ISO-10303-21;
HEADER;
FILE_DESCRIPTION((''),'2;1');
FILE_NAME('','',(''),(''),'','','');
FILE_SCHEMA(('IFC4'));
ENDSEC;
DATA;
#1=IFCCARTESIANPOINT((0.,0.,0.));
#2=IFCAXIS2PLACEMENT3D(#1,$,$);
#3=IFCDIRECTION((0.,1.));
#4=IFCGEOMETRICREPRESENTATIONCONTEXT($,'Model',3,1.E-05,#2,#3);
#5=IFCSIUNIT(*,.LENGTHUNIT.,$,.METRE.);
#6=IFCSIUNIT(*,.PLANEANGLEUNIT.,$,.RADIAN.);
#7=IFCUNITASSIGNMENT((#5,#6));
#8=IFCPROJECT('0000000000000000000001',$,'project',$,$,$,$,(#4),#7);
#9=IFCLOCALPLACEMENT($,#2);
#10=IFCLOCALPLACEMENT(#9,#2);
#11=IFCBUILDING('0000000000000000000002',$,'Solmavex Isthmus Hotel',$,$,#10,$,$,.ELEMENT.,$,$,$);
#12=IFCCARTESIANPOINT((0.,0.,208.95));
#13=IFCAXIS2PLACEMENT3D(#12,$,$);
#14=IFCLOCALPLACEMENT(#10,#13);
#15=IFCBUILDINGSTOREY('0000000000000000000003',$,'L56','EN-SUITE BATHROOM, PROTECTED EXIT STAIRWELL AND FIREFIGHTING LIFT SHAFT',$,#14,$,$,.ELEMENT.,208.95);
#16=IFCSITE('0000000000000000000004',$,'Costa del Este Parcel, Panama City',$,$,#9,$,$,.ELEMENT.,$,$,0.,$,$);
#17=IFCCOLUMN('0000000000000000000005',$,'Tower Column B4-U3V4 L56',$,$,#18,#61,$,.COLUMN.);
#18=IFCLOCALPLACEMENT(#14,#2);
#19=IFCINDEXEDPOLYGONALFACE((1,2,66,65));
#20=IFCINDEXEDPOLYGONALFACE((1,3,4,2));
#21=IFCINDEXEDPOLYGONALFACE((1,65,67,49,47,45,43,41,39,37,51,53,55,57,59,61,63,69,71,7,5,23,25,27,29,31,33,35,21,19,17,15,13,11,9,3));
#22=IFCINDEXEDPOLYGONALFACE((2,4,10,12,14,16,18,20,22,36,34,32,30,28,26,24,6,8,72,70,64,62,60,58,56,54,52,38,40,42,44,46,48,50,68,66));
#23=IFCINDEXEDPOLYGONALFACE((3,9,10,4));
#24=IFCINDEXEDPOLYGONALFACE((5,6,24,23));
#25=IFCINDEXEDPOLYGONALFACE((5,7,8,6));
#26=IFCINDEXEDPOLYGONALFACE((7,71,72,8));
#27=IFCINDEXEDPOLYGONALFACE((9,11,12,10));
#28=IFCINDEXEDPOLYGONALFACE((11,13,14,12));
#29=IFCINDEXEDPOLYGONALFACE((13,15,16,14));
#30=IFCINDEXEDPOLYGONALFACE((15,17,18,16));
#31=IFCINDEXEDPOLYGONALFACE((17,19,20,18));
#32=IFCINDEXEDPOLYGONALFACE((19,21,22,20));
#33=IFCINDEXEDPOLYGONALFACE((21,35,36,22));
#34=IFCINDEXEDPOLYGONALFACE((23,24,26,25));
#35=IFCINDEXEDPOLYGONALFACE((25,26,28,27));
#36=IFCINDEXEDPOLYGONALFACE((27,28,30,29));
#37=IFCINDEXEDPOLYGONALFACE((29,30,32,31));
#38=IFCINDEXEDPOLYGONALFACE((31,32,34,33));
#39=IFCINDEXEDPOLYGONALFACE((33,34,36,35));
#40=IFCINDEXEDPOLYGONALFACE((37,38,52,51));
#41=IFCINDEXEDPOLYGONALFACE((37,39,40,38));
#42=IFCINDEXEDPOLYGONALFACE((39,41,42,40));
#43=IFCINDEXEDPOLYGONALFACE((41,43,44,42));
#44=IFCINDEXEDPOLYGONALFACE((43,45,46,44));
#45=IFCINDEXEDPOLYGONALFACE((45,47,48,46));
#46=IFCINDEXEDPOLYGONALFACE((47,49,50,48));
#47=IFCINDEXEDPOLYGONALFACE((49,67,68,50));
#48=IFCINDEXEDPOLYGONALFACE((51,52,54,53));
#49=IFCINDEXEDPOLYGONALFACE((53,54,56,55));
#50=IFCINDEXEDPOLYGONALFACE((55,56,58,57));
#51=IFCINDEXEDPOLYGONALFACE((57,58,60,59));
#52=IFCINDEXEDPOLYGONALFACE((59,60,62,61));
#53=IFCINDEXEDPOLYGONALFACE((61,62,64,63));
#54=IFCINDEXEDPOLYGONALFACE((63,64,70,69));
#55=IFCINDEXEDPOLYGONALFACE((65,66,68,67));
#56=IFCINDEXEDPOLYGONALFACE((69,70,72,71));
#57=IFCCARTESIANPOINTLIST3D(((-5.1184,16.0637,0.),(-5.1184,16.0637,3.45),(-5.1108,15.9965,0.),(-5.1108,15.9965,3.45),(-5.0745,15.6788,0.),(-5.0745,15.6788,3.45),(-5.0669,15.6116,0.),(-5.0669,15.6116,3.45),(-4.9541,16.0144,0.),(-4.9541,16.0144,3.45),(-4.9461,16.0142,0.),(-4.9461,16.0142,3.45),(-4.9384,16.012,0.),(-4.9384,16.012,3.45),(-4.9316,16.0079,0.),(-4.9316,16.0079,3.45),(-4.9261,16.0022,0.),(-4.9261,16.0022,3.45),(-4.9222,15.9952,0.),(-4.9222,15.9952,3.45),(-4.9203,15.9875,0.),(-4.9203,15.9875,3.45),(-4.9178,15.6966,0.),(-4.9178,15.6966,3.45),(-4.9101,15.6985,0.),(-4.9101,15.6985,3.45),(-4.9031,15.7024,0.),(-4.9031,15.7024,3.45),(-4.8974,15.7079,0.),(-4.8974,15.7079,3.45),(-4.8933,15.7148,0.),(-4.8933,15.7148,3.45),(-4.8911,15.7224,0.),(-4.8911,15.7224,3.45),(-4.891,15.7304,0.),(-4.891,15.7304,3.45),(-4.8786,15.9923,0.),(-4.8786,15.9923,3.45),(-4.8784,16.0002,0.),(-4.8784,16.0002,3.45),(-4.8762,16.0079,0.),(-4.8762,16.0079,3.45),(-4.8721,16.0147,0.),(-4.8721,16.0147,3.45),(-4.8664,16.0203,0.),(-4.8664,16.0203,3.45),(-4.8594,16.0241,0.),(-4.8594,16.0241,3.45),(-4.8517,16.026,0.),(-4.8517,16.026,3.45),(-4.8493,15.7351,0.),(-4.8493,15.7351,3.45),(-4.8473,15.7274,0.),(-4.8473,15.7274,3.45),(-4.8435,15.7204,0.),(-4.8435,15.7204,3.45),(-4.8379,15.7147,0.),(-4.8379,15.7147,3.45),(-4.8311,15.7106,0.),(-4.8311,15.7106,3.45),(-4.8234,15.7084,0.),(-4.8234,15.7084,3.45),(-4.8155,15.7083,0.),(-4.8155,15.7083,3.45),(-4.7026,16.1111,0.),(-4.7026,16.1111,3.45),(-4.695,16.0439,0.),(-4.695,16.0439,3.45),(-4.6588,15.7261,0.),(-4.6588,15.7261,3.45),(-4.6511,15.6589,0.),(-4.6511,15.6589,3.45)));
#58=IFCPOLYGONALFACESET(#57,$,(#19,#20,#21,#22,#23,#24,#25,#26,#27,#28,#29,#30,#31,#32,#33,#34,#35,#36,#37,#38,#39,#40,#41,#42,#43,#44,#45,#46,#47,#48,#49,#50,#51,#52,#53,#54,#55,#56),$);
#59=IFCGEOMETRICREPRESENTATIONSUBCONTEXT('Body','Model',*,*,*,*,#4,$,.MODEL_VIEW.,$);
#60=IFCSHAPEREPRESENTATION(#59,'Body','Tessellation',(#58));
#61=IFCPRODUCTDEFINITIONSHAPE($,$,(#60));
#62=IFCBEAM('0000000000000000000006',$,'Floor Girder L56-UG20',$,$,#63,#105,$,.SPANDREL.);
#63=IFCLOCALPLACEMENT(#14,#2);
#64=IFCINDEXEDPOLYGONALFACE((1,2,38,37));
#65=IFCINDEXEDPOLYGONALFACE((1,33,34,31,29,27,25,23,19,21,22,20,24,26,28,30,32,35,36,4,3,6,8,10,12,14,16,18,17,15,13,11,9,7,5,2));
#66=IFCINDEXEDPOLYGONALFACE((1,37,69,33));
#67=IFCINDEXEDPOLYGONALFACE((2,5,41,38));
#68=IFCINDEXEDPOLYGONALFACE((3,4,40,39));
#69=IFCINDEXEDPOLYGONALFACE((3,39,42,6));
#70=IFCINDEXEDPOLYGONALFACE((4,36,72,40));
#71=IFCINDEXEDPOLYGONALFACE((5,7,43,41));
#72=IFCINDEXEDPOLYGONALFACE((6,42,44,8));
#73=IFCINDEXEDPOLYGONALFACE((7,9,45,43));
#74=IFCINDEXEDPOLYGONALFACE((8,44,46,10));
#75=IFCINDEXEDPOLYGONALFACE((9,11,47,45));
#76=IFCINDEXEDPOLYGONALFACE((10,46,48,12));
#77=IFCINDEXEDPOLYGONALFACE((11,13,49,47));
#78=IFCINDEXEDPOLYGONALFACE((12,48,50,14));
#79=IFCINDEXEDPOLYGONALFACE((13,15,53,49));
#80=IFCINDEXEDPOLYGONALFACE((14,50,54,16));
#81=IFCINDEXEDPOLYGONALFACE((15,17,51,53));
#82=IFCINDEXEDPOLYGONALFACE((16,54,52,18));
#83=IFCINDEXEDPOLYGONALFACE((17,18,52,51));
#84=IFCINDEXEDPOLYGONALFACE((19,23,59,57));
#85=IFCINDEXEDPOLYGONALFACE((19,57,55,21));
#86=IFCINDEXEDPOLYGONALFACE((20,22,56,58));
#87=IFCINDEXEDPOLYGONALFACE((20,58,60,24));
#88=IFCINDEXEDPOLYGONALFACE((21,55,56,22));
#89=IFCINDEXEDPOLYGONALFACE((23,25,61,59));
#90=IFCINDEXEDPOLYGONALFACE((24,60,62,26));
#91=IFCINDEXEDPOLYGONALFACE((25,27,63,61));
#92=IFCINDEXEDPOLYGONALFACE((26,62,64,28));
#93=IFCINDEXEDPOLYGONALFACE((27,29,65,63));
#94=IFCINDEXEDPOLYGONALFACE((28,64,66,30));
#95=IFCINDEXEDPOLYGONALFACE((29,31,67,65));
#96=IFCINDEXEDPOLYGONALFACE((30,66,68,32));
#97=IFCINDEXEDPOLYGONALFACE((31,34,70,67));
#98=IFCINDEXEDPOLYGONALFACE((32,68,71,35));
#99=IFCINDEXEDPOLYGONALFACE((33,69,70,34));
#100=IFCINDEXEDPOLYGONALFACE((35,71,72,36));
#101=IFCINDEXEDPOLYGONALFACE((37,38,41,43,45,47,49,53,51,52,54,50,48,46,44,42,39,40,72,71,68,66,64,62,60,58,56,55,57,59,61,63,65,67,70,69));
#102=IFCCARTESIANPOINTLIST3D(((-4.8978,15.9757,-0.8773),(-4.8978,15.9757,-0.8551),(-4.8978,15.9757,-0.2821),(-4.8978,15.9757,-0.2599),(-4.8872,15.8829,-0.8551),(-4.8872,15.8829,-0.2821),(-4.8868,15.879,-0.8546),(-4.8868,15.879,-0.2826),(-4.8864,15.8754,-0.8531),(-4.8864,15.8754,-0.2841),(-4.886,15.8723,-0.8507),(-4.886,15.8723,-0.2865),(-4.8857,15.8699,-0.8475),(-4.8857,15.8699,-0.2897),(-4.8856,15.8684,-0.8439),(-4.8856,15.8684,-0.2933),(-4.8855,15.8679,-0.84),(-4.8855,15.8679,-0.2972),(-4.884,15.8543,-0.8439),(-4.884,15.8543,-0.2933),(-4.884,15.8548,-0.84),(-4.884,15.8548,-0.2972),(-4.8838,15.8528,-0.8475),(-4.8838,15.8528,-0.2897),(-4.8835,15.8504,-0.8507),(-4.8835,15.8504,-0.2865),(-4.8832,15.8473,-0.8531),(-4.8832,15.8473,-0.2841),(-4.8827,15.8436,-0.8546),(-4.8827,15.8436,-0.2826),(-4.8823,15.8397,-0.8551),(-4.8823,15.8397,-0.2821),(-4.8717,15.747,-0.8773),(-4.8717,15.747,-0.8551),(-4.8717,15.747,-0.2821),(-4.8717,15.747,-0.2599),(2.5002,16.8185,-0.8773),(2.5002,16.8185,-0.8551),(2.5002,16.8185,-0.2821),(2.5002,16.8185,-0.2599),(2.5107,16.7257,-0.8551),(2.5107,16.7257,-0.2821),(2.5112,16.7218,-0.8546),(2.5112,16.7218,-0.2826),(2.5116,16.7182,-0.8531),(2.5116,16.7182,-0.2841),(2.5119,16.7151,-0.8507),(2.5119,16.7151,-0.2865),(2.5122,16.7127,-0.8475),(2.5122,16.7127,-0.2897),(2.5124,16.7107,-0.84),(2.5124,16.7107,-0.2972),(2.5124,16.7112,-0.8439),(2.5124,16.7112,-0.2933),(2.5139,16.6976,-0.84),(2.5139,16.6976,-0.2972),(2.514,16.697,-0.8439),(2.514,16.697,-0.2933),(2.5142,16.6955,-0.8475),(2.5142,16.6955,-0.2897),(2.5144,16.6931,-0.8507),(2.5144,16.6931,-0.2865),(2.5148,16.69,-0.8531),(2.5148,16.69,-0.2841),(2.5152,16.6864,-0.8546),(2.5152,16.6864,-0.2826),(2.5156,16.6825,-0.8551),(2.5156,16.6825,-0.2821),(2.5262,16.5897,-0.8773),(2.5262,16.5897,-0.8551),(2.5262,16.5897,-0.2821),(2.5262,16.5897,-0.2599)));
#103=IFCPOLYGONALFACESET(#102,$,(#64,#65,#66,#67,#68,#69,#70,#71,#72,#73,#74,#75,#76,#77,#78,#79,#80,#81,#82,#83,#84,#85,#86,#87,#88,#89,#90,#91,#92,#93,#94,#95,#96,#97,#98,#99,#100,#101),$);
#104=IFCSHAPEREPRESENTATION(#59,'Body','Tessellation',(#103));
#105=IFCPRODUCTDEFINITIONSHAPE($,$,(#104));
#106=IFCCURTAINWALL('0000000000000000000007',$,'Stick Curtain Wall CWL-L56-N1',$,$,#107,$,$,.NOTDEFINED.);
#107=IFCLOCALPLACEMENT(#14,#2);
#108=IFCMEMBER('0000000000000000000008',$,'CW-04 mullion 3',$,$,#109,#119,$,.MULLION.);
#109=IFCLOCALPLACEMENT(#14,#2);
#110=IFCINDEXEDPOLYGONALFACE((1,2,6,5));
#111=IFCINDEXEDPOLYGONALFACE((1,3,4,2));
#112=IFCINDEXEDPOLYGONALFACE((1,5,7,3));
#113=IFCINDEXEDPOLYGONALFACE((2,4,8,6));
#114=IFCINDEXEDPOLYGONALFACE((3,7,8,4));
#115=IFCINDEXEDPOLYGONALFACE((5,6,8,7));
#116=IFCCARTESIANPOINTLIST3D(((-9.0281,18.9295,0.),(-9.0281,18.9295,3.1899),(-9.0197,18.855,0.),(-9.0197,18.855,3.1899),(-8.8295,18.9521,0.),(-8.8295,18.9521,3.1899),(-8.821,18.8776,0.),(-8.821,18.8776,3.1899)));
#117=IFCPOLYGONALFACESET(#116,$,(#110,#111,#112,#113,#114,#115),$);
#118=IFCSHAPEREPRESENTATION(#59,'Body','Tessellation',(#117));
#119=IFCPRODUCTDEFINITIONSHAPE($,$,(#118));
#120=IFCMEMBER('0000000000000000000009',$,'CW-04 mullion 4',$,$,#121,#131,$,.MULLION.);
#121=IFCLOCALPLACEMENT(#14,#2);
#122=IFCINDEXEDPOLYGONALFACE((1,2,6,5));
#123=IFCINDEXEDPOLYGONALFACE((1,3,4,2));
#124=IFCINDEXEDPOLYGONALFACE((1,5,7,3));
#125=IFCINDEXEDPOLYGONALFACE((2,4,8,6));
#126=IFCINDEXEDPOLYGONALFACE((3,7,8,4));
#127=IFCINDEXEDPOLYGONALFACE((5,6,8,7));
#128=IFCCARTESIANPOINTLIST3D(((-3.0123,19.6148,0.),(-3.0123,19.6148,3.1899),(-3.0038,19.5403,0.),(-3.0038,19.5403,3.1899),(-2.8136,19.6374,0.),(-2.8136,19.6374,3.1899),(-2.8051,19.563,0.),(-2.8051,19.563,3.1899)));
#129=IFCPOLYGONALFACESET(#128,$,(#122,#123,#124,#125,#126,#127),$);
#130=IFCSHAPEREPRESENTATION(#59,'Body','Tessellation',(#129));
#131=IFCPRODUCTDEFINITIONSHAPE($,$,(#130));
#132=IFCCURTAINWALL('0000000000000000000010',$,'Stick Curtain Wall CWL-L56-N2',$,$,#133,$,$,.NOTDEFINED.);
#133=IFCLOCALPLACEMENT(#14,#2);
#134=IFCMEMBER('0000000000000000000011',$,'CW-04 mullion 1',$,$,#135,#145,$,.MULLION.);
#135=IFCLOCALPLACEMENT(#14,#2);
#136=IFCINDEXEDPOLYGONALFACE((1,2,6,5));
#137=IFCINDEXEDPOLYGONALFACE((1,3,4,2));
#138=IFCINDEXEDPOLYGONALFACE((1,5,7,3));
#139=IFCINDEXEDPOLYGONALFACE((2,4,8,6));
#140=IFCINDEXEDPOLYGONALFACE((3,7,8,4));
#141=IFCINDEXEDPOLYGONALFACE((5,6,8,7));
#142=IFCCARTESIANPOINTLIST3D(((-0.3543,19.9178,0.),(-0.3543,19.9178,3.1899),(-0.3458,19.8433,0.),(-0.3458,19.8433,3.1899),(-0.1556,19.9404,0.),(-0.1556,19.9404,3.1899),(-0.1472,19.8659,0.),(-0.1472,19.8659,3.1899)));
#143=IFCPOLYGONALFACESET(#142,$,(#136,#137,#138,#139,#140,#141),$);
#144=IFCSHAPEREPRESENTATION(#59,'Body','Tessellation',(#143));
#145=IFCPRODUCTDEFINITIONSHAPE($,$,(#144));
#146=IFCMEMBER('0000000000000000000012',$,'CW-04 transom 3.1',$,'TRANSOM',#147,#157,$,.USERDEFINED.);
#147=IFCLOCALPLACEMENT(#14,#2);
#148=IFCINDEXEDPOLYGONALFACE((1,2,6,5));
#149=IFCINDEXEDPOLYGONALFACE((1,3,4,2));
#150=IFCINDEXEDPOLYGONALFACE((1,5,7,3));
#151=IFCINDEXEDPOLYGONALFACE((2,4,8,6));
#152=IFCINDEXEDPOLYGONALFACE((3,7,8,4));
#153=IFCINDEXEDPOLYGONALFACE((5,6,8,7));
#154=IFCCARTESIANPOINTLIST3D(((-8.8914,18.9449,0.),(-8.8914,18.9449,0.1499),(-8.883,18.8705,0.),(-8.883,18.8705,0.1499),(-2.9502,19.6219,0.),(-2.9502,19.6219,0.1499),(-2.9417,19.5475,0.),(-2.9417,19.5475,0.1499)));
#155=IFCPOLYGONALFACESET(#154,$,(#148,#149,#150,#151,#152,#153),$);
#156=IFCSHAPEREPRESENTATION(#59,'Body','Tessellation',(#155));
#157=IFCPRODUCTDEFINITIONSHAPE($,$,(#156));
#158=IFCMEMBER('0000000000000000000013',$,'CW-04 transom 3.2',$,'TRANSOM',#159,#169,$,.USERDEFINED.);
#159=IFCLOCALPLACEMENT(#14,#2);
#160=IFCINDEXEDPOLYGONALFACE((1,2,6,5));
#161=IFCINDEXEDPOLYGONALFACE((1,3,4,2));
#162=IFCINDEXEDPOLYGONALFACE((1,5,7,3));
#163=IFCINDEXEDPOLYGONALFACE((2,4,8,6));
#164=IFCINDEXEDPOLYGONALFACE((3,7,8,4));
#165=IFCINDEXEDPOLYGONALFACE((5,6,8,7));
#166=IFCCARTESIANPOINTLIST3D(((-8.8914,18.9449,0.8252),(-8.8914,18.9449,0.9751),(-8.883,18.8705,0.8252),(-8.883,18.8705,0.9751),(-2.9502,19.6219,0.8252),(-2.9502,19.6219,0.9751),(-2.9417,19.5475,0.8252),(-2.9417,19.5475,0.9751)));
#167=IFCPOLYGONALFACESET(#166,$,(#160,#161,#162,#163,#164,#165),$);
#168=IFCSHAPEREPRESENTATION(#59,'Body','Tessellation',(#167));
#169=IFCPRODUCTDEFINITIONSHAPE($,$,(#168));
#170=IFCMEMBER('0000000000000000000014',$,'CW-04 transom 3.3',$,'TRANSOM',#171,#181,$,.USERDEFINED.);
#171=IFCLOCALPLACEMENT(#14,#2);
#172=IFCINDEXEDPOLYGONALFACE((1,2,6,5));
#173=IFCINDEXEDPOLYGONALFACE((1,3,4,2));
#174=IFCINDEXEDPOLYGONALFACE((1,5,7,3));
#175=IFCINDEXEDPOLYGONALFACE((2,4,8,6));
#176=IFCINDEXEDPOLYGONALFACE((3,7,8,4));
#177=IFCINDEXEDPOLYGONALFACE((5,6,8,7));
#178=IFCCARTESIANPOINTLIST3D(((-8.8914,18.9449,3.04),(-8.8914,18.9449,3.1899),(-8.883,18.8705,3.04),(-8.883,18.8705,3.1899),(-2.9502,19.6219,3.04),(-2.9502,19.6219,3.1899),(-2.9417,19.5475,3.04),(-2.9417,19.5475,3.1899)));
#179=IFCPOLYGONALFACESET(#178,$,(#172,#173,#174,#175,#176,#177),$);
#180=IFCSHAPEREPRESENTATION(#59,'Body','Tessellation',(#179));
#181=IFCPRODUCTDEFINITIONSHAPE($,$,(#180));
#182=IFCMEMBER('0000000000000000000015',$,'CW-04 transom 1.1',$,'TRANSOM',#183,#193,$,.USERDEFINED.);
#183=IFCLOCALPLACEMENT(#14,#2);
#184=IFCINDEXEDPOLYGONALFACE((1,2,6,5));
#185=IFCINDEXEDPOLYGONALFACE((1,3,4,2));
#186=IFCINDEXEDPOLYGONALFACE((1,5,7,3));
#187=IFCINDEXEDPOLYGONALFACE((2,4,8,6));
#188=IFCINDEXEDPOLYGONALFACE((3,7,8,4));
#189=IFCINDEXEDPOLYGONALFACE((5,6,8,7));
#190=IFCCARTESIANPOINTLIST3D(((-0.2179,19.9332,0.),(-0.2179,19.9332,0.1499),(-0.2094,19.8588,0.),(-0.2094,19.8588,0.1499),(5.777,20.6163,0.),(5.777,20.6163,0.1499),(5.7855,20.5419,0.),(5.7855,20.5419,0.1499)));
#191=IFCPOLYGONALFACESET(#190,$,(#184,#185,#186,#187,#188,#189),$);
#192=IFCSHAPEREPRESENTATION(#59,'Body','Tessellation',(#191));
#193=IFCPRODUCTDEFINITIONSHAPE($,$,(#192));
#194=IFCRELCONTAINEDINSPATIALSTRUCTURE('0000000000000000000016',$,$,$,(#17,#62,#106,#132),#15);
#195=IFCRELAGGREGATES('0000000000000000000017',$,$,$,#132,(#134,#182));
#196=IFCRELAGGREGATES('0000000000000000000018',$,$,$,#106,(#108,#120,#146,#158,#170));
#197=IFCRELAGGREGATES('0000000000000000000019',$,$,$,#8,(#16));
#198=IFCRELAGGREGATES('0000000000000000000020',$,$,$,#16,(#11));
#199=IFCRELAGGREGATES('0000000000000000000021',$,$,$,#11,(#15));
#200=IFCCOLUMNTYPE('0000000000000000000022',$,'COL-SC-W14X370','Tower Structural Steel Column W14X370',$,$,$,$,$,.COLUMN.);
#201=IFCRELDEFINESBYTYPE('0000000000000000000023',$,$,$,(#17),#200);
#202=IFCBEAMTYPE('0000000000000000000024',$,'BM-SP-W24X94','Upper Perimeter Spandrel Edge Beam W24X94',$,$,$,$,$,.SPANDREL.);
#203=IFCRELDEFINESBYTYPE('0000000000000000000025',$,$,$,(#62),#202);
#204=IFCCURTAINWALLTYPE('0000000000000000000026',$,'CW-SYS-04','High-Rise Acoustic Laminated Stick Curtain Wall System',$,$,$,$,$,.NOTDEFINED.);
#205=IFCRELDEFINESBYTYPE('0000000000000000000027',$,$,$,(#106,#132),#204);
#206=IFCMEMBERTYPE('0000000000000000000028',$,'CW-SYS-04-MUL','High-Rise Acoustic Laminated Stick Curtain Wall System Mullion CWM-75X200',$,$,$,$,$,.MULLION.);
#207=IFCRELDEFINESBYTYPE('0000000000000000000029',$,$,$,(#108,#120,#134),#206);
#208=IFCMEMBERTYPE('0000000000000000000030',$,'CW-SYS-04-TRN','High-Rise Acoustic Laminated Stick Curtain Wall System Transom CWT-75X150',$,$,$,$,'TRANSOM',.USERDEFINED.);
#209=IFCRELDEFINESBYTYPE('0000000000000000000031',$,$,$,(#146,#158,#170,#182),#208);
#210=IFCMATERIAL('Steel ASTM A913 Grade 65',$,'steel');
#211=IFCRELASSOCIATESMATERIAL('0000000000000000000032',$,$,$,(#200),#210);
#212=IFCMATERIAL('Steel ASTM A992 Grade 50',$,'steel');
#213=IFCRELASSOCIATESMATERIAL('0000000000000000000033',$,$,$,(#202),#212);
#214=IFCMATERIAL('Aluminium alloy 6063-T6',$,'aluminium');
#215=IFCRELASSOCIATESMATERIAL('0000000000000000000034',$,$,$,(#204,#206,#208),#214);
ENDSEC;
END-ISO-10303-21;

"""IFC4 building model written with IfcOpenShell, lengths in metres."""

from ifc_helpers import new_model, si_unit, direction, frame, origin, origin_2d, place, context, subcontext, project, spatial, rectangle, i_section, extrude, material, material_profile, profile_set, type_object, element, aggregate, save


model = new_model("IFC4")

# Units and contexts
model_context = context("Model", 3, precision=1e-05, world=origin(), true_north=direction((0.0, 1.0)))
body_context = subcontext(model_context, "Body", "Model", "MODEL_VIEW")
ifc_project = project(units=[si_unit("LENGTHUNIT", "METRE"), si_unit("PLANEANGLEUNIT", "RADIAN")], contexts=[model_context])

# Site, building, storey
site_placement = place(None, origin())
site = spatial("IfcSite", under=ifc_project, at=site_placement, Name="Costa del Este Parcel, Panama City", CompositionType="ELEMENT", RefElevation=0.0)
building_placement = place(site_placement, origin())
building = spatial("IfcBuilding", under=site, at=building_placement, Name="Solmavex Isthmus Hotel", CompositionType="ELEMENT")
storey_placement = place(building_placement, frame((0.0, 0.0, 208.95)))
storey = spatial("IfcBuildingStorey", under=building, at=storey_placement, Name="L56", Description="EN-SUITE BATHROOM, PROTECTED EXIT STAIRWELL AND FIREFIGHTING LIFT SHAFT", CompositionType="ELEMENT", Elevation=208.95)

# Column
ifc_material_1 = material(Name="Steel ASTM A913 Grade 65", Category="steel")
ifc_material_profile_1 = material_profile(ifc_material_1, i_section(OverallWidth=0.4185, OverallDepth=0.4551, WebThickness=0.042, FlangeThickness=0.0676, FilletRadius=0.0305, at=origin_2d()), Name="W14X370")
ifc_profile_set_1 = profile_set([ifc_material_profile_1], Name="Steel ASTM A913 Grade 65")
column_type = type_object("IfcColumnType", Name="COL-SC-W14X370", Description="Tower Structural Steel Column W14X370", PredefinedType="COLUMN", material=ifc_profile_set_1)
column_placement = place(storey_placement, frame((-4.8848, 15.8613, 0.0), z_axis=(0.0, 0.0, 1.0), x_axis=(0.993572, 0.113203, 0.0)))
element("IfcColumn", 1, at=column_placement, inside=storey, type_object=column_type, Name="Tower Column B4-U3V4 L56", PredefinedType="COLUMN", context=body_context, shape_type="SweptSolid", body=[
    extrude(i_section(OverallWidth=0.4185, OverallDepth=0.4551, WebThickness=0.042, FlangeThickness=0.0676, FilletRadius=0.0305, at=origin_2d()), origin(), (0.0, 0.0, 1.0), 3.45),
])

# Beam
ifc_material_2 = material(Name="Steel ASTM A992 Grade 50", Category="steel")
ifc_material_profile_2 = material_profile(ifc_material_2, i_section(OverallWidth=0.2302, OverallDepth=0.6174, WebThickness=0.0132, FlangeThickness=0.0222, FilletRadius=0.0151, at=origin_2d()), Name="W24X94")
ifc_profile_set_2 = profile_set([ifc_material_profile_2], Name="Steel ASTM A992 Grade 50")
beam_type = type_object("IfcBeamType", Name="BM-SP-W24X94", Description="Upper Perimeter Spandrel Edge Beam W24X94", PredefinedType="SPANDREL", material=ifc_profile_set_2)
beam_placement = place(storey_placement, frame((-4.8848, 15.8613, -0.5686), z_axis=(0.993574, 0.113188, 0.0), x_axis=(-0.113188, 0.993574, 0.0)))
element("IfcBeam", 2, at=beam_placement, inside=storey, type_object=beam_type, Name="Floor Girder L56-UG20", PredefinedType="SPANDREL", context=body_context, shape_type="SweptSolid", body=[
    extrude(i_section(OverallWidth=0.2302, OverallDepth=0.6174, WebThickness=0.0132, FlangeThickness=0.0222, FilletRadius=0.0151, at=origin_2d()), origin(), (0.0, 0.0, 1.0), 7.4458),
])

# Curtain wall, members
ifc_material_3 = material(Name="Aluminium alloy 6063-T6", Category="aluminium")
curtain_wall_type = type_object("IfcCurtainWallType", Name="CW-SYS-04", Description="High-Rise Acoustic Laminated Stick Curtain Wall System", PredefinedType="NOTDEFINED", material=ifc_material_3)
curtain_wall_1_placement = place(storey_placement, origin())
curtain_wall_1 = element("IfcCurtainWall", 3, at=curtain_wall_1_placement, inside=storey, type_object=curtain_wall_type, Name="Stick Curtain Wall CWL-L56-N1", PredefinedType="NOTDEFINED")
ifc_material_profile_3 = material_profile(ifc_material_3, rectangle(XDim=0.075, YDim=0.2, at=origin_2d()), Name="CWM-75X200")
ifc_profile_set_3 = profile_set([ifc_material_profile_3], Name="Aluminium alloy 6063-T6")
member_type_1 = type_object("IfcMemberType", Name="CW-SYS-04-MUL", Description="High-Rise Acoustic Laminated Stick Curtain Wall System Mullion CWM-75X200", PredefinedType="MULLION", material=ifc_profile_set_3)
member_1_placement = place(storey_placement, frame((-8.9246, 18.9036, 0.0), z_axis=(0.0, 0.0, 1.0), x_axis=(-0.113203, 0.993572, 0.0)))
member_1 = element("IfcMember", 4, at=member_1_placement, type_object=member_type_1, Name="CW-04 mullion 3", PredefinedType="MULLION", context=body_context, shape_type="SweptSolid", body=[
    extrude(rectangle(XDim=0.075, YDim=0.2, at=origin_2d()), origin(), (0.0, 0.0, 1.0), 3.1899),
])
member_2_placement = place(storey_placement, frame((-2.9087, 19.5889, 0.0), z_axis=(0.0, 0.0, 1.0), x_axis=(-0.113203, 0.993572, 0.0)))
member_2 = element("IfcMember", 5, at=member_2_placement, type_object=member_type_1, Name="CW-04 mullion 4", PredefinedType="MULLION", context=body_context, shape_type="SweptSolid", body=[
    extrude(rectangle(XDim=0.075, YDim=0.2, at=origin_2d()), origin(), (0.0, 0.0, 1.0), 3.1899),
])

# Curtain wall, member
curtain_wall_2_placement = place(storey_placement, origin())
curtain_wall_2 = element("IfcCurtainWall", 6, at=curtain_wall_2_placement, inside=storey, type_object=curtain_wall_type, Name="Stick Curtain Wall CWL-L56-N2", PredefinedType="NOTDEFINED")
member_3_placement = place(storey_placement, frame((-0.2507, 19.8918, 0.0), z_axis=(0.0, 0.0, 1.0), x_axis=(-0.113203, 0.993572, 0.0)))
member_3 = element("IfcMember", 7, at=member_3_placement, type_object=member_type_1, Name="CW-04 mullion 1", PredefinedType="MULLION", context=body_context, shape_type="SweptSolid", body=[
    extrude(rectangle(XDim=0.075, YDim=0.2, at=origin_2d()), origin(), (0.0, 0.0, 1.0), 3.1899),
])

# Members
ifc_material_profile_4 = material_profile(ifc_material_3, rectangle(XDim=0.075, YDim=0.1499, at=origin_2d()), Name="CWT-75X150")
ifc_profile_set_4 = profile_set([ifc_material_profile_4], Name="Aluminium alloy 6063-T6")
member_type_2 = type_object("IfcMemberType", Name="CW-SYS-04-TRN", Description="High-Rise Acoustic Laminated Stick Curtain Wall System Transom CWT-75X150", ElementType="TRANSOM", PredefinedType="USERDEFINED", material=ifc_profile_set_4)
member_4_placement = place(storey_placement, frame((-8.8872, 18.9077, 0.075), z_axis=(0.993571, 0.113214, 0.0), x_axis=(-0.113214, 0.993571, 0.0)))
member_4 = element("IfcMember", 8, at=member_4_placement, type_object=member_type_2, Name="CW-04 transom 3.1", ObjectType="TRANSOM", PredefinedType="USERDEFINED", context=body_context, shape_type="SweptSolid", body=[
    extrude(rectangle(XDim=0.075, YDim=0.1499, at=origin_2d()), origin(), (0.0, 0.0, 1.0), 5.9797),
])
member_5_placement = place(storey_placement, frame((-8.8872, 18.9077, 0.9001), z_axis=(0.993571, 0.113214, 0.0), x_axis=(-0.113214, 0.993571, 0.0)))
member_5 = element("IfcMember", 9, at=member_5_placement, type_object=member_type_2, Name="CW-04 transom 3.2", ObjectType="TRANSOM", PredefinedType="USERDEFINED", context=body_context, shape_type="SweptSolid", body=[
    extrude(rectangle(XDim=0.075, YDim=0.1499, at=origin_2d()), origin(), (0.0, 0.0, 1.0), 5.9797),
])
member_6_placement = place(storey_placement, frame((-8.8872, 18.9077, 3.115), z_axis=(0.993571, 0.113214, 0.0), x_axis=(-0.113214, 0.993571, 0.0)))
member_6 = element("IfcMember", 10, at=member_6_placement, type_object=member_type_2, Name="CW-04 transom 3.3", ObjectType="TRANSOM", PredefinedType="USERDEFINED", context=body_context, shape_type="SweptSolid", body=[
    extrude(rectangle(XDim=0.075, YDim=0.1499, at=origin_2d()), origin(), (0.0, 0.0, 1.0), 5.9797),
])
member_7_placement = place(storey_placement, frame((-0.2136, 19.896, 0.075), z_axis=(0.99357, 0.113216, 0.0), x_axis=(-0.113216, 0.99357, 0.0)))
member_7 = element("IfcMember", 11, at=member_7_placement, type_object=member_type_2, Name="CW-04 transom 1.1", ObjectType="TRANSOM", PredefinedType="USERDEFINED", context=body_context, shape_type="SweptSolid", body=[
    extrude(rectangle(XDim=0.075, YDim=0.1499, at=origin_2d()), origin(), (0.0, 0.0, 1.0), 6.0337),
])
aggregate(curtain_wall_2, [member_3, member_7])

aggregate(curtain_wall_1, [member_1, member_2, member_4, member_5, member_6])

save(model, "model.ifc")
